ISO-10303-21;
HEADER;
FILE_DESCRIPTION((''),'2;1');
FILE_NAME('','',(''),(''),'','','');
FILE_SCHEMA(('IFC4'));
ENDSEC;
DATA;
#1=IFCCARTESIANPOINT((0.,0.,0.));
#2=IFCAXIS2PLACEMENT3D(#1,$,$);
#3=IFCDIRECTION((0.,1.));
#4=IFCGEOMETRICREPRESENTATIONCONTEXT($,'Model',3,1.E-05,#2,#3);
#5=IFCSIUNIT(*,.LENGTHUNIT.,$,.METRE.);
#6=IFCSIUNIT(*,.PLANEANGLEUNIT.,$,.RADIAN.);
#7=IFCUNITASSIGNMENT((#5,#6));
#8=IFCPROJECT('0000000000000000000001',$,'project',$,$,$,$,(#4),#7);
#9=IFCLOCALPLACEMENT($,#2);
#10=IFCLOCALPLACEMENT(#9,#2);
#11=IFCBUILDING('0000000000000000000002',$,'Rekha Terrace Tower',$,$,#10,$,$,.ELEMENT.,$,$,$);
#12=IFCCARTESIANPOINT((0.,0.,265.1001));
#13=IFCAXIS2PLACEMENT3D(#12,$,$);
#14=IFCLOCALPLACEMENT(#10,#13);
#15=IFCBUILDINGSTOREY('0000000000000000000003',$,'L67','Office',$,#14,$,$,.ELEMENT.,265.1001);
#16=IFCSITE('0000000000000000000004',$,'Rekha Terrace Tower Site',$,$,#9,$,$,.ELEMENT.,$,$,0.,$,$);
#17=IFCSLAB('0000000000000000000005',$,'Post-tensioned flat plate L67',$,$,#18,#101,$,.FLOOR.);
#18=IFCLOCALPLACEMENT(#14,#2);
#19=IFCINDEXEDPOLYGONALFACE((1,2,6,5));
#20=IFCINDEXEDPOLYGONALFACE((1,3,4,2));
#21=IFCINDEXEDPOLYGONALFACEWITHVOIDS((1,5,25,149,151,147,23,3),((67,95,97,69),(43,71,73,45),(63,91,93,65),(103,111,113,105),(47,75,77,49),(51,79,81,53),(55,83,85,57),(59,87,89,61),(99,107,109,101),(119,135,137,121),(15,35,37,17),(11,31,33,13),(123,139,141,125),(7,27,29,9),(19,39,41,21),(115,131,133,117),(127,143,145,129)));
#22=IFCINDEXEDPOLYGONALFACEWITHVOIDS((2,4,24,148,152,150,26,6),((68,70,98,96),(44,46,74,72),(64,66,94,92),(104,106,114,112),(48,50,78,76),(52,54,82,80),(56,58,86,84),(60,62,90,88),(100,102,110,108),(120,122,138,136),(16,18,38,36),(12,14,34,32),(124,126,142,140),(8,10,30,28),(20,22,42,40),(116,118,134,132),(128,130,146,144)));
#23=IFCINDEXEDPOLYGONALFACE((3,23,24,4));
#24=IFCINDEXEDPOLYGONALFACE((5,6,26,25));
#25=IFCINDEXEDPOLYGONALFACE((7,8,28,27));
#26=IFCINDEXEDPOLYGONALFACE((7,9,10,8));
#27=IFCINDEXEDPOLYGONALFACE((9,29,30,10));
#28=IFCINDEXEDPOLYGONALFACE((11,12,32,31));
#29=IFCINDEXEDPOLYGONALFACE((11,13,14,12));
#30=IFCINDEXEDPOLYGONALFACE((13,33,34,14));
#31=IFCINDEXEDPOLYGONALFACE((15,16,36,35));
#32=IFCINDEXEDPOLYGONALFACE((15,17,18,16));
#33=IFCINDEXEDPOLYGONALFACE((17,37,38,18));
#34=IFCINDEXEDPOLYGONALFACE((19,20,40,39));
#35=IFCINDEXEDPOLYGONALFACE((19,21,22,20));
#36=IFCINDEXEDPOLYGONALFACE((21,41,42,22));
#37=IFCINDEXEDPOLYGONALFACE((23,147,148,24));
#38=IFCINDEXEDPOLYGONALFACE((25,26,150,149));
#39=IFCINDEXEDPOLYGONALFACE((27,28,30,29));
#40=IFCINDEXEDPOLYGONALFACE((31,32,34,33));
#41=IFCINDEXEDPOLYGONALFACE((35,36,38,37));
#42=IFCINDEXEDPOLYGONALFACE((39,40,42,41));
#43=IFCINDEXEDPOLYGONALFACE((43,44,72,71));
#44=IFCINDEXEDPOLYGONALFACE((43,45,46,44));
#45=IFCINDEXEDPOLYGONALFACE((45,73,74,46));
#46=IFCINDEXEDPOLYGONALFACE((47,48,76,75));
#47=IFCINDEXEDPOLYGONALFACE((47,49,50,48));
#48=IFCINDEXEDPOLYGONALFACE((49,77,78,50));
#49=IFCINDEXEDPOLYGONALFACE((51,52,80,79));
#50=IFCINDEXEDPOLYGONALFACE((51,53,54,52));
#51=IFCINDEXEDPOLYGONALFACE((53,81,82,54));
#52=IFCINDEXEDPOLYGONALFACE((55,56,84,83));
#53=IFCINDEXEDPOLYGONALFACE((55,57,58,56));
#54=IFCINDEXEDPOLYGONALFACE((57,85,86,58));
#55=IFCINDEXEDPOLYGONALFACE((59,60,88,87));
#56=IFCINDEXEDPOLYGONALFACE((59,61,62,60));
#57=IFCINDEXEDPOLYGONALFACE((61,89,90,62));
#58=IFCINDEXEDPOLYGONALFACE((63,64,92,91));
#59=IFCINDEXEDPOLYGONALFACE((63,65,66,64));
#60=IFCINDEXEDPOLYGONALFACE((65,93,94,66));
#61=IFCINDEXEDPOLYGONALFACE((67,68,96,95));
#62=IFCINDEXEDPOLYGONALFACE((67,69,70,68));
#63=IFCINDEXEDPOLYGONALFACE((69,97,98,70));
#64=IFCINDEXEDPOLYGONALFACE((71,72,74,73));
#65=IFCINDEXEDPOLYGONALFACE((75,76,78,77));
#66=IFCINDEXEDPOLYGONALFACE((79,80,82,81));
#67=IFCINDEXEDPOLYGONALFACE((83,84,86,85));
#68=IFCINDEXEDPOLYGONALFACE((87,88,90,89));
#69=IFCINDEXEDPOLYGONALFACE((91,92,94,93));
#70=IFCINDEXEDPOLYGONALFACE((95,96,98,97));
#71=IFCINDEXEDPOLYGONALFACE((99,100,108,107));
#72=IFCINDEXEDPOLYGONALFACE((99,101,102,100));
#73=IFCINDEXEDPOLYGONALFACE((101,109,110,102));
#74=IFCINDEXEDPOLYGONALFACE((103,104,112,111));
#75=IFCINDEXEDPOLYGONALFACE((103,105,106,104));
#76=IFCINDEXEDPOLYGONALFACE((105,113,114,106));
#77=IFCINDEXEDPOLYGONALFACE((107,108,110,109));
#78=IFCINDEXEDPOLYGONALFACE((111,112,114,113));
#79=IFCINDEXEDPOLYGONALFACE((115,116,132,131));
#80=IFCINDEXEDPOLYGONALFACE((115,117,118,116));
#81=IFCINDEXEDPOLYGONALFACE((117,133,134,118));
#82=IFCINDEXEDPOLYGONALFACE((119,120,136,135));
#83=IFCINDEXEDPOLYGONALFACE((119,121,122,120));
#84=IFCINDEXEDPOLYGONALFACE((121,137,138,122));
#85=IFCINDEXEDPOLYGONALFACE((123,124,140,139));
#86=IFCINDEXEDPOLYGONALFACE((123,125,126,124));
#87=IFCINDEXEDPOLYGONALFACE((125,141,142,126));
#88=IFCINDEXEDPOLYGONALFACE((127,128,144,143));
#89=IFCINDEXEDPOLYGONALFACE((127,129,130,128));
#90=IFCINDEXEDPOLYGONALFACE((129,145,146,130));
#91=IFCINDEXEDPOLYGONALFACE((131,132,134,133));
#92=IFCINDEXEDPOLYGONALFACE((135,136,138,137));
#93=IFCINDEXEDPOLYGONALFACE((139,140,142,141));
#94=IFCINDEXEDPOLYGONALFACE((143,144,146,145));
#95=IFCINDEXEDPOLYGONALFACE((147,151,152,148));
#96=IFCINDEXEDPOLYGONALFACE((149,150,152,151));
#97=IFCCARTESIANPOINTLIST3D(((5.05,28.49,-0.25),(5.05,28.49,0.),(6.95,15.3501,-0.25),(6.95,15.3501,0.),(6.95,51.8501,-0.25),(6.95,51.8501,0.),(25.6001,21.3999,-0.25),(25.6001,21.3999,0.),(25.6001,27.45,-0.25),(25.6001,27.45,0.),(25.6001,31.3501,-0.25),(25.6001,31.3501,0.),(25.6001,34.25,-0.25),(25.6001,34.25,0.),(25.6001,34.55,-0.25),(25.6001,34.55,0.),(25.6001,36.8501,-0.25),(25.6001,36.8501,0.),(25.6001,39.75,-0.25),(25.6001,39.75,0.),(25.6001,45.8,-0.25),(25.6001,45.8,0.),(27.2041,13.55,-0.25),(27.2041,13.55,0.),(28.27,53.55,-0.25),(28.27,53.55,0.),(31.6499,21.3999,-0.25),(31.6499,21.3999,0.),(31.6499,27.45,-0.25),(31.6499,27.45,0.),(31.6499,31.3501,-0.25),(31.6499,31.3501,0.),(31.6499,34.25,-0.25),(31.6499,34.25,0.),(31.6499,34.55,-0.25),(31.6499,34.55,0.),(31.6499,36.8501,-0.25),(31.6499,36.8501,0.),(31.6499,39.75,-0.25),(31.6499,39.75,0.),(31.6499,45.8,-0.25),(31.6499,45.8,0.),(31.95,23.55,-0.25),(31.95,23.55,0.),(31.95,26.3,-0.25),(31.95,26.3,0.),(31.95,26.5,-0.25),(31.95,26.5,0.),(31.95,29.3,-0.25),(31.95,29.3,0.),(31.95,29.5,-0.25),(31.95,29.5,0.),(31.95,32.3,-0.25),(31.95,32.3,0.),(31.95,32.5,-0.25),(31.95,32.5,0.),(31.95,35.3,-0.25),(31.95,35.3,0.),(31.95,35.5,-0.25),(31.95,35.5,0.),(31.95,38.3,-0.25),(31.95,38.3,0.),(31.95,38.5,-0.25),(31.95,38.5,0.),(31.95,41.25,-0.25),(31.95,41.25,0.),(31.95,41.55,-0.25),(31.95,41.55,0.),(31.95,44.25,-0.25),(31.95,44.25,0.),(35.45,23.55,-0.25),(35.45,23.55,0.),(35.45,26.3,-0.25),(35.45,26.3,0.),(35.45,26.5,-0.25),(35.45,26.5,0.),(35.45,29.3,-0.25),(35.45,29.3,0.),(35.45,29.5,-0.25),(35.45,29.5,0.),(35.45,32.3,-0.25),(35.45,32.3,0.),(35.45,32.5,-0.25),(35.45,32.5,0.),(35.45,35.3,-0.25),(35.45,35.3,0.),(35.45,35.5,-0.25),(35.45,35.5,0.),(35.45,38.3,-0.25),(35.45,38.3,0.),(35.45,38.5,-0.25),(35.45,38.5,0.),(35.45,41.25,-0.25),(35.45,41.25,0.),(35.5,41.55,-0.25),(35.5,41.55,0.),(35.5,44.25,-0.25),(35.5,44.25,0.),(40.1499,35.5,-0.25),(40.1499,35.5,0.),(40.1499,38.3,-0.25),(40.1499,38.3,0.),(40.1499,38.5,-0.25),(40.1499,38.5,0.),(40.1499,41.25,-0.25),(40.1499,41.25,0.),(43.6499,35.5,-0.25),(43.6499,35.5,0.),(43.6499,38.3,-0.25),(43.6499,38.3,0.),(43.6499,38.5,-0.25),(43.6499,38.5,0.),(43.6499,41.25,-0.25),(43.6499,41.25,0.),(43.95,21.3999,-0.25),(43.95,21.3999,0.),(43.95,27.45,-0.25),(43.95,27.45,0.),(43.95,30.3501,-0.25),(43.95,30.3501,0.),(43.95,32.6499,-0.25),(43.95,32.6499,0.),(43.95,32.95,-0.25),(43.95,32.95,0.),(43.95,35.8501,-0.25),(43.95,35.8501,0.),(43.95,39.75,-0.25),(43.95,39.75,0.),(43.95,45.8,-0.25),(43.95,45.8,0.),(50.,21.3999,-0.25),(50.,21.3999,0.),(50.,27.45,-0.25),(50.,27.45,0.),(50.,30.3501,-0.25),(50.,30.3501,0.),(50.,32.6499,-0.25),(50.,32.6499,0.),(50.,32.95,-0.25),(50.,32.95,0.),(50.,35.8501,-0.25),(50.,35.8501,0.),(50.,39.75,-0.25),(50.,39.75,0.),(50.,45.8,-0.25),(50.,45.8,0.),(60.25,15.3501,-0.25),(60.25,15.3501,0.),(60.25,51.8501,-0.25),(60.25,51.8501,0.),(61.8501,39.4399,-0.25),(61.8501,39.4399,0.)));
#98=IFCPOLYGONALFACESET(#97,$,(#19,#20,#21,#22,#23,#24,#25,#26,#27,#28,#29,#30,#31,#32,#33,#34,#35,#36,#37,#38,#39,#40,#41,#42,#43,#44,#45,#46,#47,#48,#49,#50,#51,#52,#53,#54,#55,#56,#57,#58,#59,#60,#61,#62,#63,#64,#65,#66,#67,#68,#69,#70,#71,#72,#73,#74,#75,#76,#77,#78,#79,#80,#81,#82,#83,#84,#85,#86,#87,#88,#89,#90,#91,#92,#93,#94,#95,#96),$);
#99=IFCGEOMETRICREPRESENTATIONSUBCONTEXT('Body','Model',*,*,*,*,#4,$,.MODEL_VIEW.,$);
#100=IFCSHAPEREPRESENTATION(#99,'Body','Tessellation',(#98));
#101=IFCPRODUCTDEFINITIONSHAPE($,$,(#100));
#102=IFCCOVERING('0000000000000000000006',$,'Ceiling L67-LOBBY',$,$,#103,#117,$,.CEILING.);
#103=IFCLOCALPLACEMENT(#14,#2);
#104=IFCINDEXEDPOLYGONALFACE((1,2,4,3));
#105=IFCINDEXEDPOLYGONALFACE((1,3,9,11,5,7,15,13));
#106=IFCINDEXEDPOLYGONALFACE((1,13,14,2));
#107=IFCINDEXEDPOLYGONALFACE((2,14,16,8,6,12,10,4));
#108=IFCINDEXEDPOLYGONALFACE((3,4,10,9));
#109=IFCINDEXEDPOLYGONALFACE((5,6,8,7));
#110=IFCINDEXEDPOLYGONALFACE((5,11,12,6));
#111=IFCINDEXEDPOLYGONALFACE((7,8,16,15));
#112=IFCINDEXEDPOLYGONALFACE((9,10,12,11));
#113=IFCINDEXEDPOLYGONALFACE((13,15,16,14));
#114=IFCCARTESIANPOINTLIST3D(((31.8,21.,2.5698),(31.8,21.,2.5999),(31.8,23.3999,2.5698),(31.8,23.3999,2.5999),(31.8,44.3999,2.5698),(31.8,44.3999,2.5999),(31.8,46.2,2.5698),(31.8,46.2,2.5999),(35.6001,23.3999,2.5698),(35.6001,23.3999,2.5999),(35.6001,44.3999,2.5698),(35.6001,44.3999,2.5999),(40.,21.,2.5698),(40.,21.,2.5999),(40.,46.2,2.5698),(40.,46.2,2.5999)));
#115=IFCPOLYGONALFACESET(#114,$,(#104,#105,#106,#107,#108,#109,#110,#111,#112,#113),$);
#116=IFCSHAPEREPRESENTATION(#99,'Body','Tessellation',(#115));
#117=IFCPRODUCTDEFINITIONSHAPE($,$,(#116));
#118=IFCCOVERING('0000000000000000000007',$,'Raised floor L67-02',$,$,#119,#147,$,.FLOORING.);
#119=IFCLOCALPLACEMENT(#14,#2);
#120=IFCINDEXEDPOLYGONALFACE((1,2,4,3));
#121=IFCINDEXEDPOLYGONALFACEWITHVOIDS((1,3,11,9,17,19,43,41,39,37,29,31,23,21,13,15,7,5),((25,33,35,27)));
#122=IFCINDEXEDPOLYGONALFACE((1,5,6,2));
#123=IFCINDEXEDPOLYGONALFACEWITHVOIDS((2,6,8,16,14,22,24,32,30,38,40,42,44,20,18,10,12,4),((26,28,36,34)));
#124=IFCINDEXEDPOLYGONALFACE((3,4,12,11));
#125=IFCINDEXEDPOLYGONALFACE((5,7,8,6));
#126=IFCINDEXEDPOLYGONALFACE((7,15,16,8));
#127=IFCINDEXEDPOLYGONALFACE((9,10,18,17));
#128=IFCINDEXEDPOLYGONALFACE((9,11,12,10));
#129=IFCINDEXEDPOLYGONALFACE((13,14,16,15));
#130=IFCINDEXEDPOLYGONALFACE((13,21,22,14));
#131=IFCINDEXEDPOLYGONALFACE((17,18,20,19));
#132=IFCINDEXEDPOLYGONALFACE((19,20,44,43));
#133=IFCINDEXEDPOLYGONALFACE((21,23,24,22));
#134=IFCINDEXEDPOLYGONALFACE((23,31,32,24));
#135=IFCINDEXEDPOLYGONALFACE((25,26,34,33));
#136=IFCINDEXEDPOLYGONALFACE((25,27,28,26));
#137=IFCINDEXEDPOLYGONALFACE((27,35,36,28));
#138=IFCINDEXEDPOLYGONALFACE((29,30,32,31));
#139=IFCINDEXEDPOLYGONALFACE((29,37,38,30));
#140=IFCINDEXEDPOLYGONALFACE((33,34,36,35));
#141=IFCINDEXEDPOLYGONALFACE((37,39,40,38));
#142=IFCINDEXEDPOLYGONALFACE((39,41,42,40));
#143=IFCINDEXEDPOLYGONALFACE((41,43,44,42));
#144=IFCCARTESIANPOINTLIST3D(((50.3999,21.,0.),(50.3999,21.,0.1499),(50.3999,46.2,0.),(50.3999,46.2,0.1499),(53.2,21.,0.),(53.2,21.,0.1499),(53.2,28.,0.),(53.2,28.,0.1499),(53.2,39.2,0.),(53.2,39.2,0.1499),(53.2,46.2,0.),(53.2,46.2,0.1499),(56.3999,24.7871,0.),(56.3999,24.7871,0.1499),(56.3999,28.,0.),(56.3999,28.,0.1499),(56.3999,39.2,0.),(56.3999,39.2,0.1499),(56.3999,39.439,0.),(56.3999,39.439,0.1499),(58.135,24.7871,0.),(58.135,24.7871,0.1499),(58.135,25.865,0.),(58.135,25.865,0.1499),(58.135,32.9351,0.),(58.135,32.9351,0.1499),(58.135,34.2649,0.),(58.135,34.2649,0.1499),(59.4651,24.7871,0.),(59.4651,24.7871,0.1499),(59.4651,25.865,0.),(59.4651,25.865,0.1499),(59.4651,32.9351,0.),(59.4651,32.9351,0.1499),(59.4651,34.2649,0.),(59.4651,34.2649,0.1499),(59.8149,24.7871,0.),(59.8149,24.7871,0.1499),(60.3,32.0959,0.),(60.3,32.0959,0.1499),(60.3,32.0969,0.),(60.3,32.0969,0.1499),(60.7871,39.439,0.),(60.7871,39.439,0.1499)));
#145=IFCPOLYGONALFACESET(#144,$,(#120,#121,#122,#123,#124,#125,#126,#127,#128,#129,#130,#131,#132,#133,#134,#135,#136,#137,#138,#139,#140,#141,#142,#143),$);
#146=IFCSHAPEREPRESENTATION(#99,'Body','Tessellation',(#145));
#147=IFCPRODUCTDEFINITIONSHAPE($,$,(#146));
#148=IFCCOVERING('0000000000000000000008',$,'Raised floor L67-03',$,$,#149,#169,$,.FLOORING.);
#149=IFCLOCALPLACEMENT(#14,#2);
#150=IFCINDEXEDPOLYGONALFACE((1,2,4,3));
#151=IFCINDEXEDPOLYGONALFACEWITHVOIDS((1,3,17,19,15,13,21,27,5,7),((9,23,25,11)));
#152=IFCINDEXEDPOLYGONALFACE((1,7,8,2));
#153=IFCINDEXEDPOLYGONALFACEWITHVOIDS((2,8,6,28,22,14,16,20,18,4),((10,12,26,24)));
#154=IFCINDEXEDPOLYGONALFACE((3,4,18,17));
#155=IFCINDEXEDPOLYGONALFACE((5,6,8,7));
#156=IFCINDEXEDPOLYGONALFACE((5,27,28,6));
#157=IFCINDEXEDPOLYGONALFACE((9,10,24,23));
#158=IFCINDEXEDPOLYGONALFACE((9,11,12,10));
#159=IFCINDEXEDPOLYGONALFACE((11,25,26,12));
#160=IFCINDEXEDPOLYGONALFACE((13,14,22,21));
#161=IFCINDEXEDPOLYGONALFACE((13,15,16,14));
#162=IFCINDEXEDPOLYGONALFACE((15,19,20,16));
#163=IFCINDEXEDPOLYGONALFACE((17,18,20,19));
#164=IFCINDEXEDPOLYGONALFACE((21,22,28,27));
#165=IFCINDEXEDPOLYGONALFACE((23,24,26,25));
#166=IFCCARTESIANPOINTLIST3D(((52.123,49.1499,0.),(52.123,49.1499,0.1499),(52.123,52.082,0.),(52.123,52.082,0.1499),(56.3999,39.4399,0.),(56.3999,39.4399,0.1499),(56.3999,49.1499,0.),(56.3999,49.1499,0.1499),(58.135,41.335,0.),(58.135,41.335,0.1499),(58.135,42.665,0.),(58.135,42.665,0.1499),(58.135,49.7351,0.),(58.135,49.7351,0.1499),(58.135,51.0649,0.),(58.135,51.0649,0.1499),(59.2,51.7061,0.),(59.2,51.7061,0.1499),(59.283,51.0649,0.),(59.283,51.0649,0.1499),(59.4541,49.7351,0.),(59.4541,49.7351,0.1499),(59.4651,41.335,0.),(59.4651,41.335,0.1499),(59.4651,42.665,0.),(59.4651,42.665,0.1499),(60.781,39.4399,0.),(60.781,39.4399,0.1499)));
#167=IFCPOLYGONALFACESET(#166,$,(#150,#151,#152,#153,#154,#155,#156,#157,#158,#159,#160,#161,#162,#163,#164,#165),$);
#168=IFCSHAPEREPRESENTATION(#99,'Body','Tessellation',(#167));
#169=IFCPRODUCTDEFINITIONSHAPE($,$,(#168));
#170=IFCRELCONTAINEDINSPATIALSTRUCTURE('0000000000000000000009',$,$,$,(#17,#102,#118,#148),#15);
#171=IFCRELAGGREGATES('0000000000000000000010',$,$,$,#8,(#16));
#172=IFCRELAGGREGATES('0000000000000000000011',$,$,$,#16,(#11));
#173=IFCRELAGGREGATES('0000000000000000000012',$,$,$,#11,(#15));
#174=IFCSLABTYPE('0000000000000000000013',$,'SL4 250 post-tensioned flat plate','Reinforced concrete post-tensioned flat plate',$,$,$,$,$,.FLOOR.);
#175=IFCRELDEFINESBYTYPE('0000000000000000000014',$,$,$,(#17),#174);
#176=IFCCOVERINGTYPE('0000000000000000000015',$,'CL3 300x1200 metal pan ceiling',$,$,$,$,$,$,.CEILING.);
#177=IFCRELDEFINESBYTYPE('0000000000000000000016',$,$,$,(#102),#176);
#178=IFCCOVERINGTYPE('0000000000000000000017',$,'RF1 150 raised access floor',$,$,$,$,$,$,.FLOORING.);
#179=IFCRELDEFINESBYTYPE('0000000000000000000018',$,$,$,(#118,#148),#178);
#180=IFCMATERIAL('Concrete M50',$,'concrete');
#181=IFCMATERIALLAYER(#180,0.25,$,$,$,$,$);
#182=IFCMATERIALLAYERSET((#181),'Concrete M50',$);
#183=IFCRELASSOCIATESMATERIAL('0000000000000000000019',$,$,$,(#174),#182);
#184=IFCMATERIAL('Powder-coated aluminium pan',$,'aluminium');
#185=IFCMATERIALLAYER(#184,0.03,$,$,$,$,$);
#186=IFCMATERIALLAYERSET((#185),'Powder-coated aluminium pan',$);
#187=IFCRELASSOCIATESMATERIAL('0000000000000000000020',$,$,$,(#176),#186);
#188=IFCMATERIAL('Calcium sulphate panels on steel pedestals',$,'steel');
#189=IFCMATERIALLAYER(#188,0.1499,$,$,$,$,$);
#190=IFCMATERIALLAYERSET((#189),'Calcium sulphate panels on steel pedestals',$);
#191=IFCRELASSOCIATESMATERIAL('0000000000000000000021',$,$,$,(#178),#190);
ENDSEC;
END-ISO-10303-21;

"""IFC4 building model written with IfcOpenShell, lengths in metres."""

from ifc_helpers import new_model, si_unit, direction, frame, origin, place, context, subcontext, project, spatial, polyline, outline, extrude, material, layer, layer_set, type_object, element, save


model = new_model("IFC4")

# Units and contexts
model_context = context("Model", 3, precision=1e-05, world=origin(), true_north=direction((0.0, 1.0)))
body_context = subcontext(model_context, "Body", "Model", "MODEL_VIEW")
ifc_project = project(units=[si_unit("LENGTHUNIT", "METRE"), si_unit("PLANEANGLEUNIT", "RADIAN")], contexts=[model_context])

# Site, building, storey
site_placement = place(None, origin())
site = spatial("IfcSite", under=ifc_project, at=site_placement, Name="Rekha Terrace Tower Site", CompositionType="ELEMENT", RefElevation=0.0)
building_placement = place(site_placement, origin())
building = spatial("IfcBuilding", under=site, at=building_placement, Name="Rekha Terrace Tower", CompositionType="ELEMENT")
storey_placement = place(building_placement, frame((0.0, 0.0, 265.1001)))
storey = spatial("IfcBuildingStorey", under=building, at=storey_placement, Name="L67", Description="Office", CompositionType="ELEMENT", Elevation=265.1001)

# Slab
ifc_material_1 = material(Name="Concrete M50", Category="concrete")
ifc_layer_1 = layer(ifc_material_1, 0.25)
ifc_layer_set_1 = layer_set([ifc_layer_1], Name="Concrete M50")
slab_type_1 = type_object("IfcSlabType", Name="SL4 250 post-tensioned flat plate", Description="Reinforced concrete post-tensioned flat plate", PredefinedType="FLOOR", material=ifc_layer_set_1)
slab_1_placement = place(storey_placement, frame((0.0, 0.0, -0.25)))
element("IfcSlab", 1, at=slab_1_placement, inside=storey, type_object=slab_type_1, Name="Post-tensioned flat plate L67", PredefinedType="FLOOR", context=body_context, shape_type="SweptSolid", body=[
    extrude(outline(polyline([(5.05, 28.49), (6.95, 15.3501), (27.2041, 13.55), (60.25, 15.3501), (61.8501, 39.4399), (60.25, 51.8501), (28.27, 53.55), (6.95, 51.8501), (5.05, 28.49)]), holes=[polyline([(31.6499, 27.45), (31.6499, 21.3999), (25.6001, 21.3999), (25.6001, 27.45), (31.6499, 27.45)]), polyline([(35.45, 26.3), (35.45, 23.55), (31.95, 23.55), (31.95, 26.3), (35.45, 26.3)]), polyline([(35.45, 29.3), (35.45, 26.5), (31.95, 26.5), (31.95, 29.3), (35.45, 29.3)]), polyline([(35.45, 32.3), (35.45, 29.5), (31.95, 29.5), (31.95, 32.3), (35.45, 32.3)]), polyline([(31.6499, 34.25), (31.6499, 31.3501), (25.6001, 31.3501), (25.6001, 34.25), (31.6499, 34.25)]), polyline([(35.45, 35.3), (35.45, 32.5), (31.95, 32.5), (31.95, 35.3), (35.45, 35.3)]), polyline([(31.6499, 36.8501), (31.6499, 34.55), (25.6001, 34.55), (25.6001, 36.8501), (31.6499, 36.8501)]), polyline([(35.45, 38.3), (35.45, 35.5), (31.95, 35.5), (31.95, 38.3), (35.45, 38.3)]), polyline([(31.6499, 45.8), (31.6499, 39.75), (25.6001, 39.75), (25.6001, 45.8), (31.6499, 45.8)]), polyline([(50.0, 27.45), (50.0, 21.3999), (43.95, 21.3999), (43.95, 27.45), (50.0, 27.45)]), polyline([(50.0, 32.6499), (50.0, 30.3501), (43.95, 30.3501), (43.95, 32.6499), (50.0, 32.6499)]), polyline([(50.0, 35.8501), (50.0, 32.95), (43.95, 32.95), (43.95, 35.8501), (50.0, 35.8501)]), polyline([(43.6499, 38.3), (43.6499, 35.5), (40.1499, 35.5), (40.1499, 38.3), (43.6499, 38.3)]), polyline([(35.45, 41.25), (35.45, 38.5), (31.95, 38.5), (31.95, 41.25), (35.45, 41.25)]), polyline([(43.6499, 41.25), (43.6499, 38.5), (40.1499, 38.5), (40.1499, 41.25), (43.6499, 41.25)]), polyline([(50.0, 39.75), (43.95, 39.75), (43.95, 45.8), (50.0, 45.8), (50.0, 39.75)]), polyline([(35.5, 41.55), (31.95, 41.55), (31.95, 44.25), (35.5, 44.25), (35.5, 41.55)])]), origin(), (0.0, 0.0, 1.0), 0.25),
])

# Coverings
ifc_material_2 = material(Name="Powder-coated aluminium pan", Category="aluminium")
ifc_layer_2 = layer(ifc_material_2, 0.03)
ifc_layer_set_2 = layer_set([ifc_layer_2], Name="Powder-coated aluminium pan")
covering_type_1 = type_object("IfcCoveringType", Name="CL3 300x1200 metal pan ceiling", PredefinedType="CEILING", material=ifc_layer_set_2)
covering_1_placement = place(storey_placement, frame((0.0, 0.0, 2.5698)))
element("IfcCovering", 2, at=covering_1_placement, inside=storey, type_object=covering_type_1, Name="Ceiling L67-LOBBY", PredefinedType="CEILING", context=body_context, shape_type="SweptSolid", body=[
    extrude(outline(polyline([(35.6001, 44.3999), (35.6001, 23.3999), (31.8, 23.3999), (31.8, 21.0), (40.0, 21.0), (40.0, 46.2), (31.8, 46.2), (31.8, 44.3999), (35.6001, 44.3999)])), origin(), (0.0, 0.0, 1.0), 0.03),
])
ifc_material_3 = material(Name="Calcium sulphate panels on steel pedestals", Category="steel")
ifc_layer_3 = layer(ifc_material_3, 0.1499)
ifc_layer_set_3 = layer_set([ifc_layer_3], Name="Calcium sulphate panels on steel pedestals")
covering_type_2 = type_object("IfcCoveringType", Name="RF1 150 raised access floor", PredefinedType="FLOORING", material=ifc_layer_set_3)
covering_2_placement = place(storey_placement, origin())
element("IfcCovering", 3, at=covering_2_placement, inside=storey, type_object=covering_type_2, Name="Raised floor L67-02", PredefinedType="FLOORING", context=body_context, shape_type="SweptSolid", body=[
    extrude(outline(polyline([(59.4651, 25.865), (59.4651, 24.7871), (59.8149, 24.7871), (60.3, 32.0959), (60.3, 32.0969), (60.7871, 39.439), (56.3999, 39.439), (56.3999, 39.2), (53.2, 39.2), (53.2, 46.2), (50.3999, 46.2), (50.3999, 21.0), (53.2, 21.0), (53.2, 28.0), (56.3999, 28.0), (56.3999, 24.7871), (58.135, 24.7871), (58.135, 25.865), (59.4651, 25.865)]), holes=[polyline([(59.4651, 34.2649), (59.4651, 32.9351), (58.135, 32.9351), (58.135, 34.2649), (59.4651, 34.2649)])]), origin(), (0.0, 0.0, 1.0), 0.1499),
])
covering_3_placement = place(storey_placement, origin())
element("IfcCovering", 4, at=covering_3_placement, inside=storey, type_object=covering_type_2, Name="Raised floor L67-03", PredefinedType="FLOORING", context=body_context, shape_type="SweptSolid", body=[
    extrude(outline(polyline([(56.3999, 49.1499), (56.3999, 39.4399), (60.781, 39.4399), (59.4541, 49.7351), (58.135, 49.7351), (58.135, 51.0649), (59.283, 51.0649), (59.2, 51.7061), (52.123, 52.082), (52.123, 49.1499), (56.3999, 49.1499)]), holes=[polyline([(59.4651, 41.335), (58.135, 41.335), (58.135, 42.665), (59.4651, 42.665), (59.4651, 41.335)])]), origin(), (0.0, 0.0, 1.0), 0.1499),
])

save(model, "model.ifc")
